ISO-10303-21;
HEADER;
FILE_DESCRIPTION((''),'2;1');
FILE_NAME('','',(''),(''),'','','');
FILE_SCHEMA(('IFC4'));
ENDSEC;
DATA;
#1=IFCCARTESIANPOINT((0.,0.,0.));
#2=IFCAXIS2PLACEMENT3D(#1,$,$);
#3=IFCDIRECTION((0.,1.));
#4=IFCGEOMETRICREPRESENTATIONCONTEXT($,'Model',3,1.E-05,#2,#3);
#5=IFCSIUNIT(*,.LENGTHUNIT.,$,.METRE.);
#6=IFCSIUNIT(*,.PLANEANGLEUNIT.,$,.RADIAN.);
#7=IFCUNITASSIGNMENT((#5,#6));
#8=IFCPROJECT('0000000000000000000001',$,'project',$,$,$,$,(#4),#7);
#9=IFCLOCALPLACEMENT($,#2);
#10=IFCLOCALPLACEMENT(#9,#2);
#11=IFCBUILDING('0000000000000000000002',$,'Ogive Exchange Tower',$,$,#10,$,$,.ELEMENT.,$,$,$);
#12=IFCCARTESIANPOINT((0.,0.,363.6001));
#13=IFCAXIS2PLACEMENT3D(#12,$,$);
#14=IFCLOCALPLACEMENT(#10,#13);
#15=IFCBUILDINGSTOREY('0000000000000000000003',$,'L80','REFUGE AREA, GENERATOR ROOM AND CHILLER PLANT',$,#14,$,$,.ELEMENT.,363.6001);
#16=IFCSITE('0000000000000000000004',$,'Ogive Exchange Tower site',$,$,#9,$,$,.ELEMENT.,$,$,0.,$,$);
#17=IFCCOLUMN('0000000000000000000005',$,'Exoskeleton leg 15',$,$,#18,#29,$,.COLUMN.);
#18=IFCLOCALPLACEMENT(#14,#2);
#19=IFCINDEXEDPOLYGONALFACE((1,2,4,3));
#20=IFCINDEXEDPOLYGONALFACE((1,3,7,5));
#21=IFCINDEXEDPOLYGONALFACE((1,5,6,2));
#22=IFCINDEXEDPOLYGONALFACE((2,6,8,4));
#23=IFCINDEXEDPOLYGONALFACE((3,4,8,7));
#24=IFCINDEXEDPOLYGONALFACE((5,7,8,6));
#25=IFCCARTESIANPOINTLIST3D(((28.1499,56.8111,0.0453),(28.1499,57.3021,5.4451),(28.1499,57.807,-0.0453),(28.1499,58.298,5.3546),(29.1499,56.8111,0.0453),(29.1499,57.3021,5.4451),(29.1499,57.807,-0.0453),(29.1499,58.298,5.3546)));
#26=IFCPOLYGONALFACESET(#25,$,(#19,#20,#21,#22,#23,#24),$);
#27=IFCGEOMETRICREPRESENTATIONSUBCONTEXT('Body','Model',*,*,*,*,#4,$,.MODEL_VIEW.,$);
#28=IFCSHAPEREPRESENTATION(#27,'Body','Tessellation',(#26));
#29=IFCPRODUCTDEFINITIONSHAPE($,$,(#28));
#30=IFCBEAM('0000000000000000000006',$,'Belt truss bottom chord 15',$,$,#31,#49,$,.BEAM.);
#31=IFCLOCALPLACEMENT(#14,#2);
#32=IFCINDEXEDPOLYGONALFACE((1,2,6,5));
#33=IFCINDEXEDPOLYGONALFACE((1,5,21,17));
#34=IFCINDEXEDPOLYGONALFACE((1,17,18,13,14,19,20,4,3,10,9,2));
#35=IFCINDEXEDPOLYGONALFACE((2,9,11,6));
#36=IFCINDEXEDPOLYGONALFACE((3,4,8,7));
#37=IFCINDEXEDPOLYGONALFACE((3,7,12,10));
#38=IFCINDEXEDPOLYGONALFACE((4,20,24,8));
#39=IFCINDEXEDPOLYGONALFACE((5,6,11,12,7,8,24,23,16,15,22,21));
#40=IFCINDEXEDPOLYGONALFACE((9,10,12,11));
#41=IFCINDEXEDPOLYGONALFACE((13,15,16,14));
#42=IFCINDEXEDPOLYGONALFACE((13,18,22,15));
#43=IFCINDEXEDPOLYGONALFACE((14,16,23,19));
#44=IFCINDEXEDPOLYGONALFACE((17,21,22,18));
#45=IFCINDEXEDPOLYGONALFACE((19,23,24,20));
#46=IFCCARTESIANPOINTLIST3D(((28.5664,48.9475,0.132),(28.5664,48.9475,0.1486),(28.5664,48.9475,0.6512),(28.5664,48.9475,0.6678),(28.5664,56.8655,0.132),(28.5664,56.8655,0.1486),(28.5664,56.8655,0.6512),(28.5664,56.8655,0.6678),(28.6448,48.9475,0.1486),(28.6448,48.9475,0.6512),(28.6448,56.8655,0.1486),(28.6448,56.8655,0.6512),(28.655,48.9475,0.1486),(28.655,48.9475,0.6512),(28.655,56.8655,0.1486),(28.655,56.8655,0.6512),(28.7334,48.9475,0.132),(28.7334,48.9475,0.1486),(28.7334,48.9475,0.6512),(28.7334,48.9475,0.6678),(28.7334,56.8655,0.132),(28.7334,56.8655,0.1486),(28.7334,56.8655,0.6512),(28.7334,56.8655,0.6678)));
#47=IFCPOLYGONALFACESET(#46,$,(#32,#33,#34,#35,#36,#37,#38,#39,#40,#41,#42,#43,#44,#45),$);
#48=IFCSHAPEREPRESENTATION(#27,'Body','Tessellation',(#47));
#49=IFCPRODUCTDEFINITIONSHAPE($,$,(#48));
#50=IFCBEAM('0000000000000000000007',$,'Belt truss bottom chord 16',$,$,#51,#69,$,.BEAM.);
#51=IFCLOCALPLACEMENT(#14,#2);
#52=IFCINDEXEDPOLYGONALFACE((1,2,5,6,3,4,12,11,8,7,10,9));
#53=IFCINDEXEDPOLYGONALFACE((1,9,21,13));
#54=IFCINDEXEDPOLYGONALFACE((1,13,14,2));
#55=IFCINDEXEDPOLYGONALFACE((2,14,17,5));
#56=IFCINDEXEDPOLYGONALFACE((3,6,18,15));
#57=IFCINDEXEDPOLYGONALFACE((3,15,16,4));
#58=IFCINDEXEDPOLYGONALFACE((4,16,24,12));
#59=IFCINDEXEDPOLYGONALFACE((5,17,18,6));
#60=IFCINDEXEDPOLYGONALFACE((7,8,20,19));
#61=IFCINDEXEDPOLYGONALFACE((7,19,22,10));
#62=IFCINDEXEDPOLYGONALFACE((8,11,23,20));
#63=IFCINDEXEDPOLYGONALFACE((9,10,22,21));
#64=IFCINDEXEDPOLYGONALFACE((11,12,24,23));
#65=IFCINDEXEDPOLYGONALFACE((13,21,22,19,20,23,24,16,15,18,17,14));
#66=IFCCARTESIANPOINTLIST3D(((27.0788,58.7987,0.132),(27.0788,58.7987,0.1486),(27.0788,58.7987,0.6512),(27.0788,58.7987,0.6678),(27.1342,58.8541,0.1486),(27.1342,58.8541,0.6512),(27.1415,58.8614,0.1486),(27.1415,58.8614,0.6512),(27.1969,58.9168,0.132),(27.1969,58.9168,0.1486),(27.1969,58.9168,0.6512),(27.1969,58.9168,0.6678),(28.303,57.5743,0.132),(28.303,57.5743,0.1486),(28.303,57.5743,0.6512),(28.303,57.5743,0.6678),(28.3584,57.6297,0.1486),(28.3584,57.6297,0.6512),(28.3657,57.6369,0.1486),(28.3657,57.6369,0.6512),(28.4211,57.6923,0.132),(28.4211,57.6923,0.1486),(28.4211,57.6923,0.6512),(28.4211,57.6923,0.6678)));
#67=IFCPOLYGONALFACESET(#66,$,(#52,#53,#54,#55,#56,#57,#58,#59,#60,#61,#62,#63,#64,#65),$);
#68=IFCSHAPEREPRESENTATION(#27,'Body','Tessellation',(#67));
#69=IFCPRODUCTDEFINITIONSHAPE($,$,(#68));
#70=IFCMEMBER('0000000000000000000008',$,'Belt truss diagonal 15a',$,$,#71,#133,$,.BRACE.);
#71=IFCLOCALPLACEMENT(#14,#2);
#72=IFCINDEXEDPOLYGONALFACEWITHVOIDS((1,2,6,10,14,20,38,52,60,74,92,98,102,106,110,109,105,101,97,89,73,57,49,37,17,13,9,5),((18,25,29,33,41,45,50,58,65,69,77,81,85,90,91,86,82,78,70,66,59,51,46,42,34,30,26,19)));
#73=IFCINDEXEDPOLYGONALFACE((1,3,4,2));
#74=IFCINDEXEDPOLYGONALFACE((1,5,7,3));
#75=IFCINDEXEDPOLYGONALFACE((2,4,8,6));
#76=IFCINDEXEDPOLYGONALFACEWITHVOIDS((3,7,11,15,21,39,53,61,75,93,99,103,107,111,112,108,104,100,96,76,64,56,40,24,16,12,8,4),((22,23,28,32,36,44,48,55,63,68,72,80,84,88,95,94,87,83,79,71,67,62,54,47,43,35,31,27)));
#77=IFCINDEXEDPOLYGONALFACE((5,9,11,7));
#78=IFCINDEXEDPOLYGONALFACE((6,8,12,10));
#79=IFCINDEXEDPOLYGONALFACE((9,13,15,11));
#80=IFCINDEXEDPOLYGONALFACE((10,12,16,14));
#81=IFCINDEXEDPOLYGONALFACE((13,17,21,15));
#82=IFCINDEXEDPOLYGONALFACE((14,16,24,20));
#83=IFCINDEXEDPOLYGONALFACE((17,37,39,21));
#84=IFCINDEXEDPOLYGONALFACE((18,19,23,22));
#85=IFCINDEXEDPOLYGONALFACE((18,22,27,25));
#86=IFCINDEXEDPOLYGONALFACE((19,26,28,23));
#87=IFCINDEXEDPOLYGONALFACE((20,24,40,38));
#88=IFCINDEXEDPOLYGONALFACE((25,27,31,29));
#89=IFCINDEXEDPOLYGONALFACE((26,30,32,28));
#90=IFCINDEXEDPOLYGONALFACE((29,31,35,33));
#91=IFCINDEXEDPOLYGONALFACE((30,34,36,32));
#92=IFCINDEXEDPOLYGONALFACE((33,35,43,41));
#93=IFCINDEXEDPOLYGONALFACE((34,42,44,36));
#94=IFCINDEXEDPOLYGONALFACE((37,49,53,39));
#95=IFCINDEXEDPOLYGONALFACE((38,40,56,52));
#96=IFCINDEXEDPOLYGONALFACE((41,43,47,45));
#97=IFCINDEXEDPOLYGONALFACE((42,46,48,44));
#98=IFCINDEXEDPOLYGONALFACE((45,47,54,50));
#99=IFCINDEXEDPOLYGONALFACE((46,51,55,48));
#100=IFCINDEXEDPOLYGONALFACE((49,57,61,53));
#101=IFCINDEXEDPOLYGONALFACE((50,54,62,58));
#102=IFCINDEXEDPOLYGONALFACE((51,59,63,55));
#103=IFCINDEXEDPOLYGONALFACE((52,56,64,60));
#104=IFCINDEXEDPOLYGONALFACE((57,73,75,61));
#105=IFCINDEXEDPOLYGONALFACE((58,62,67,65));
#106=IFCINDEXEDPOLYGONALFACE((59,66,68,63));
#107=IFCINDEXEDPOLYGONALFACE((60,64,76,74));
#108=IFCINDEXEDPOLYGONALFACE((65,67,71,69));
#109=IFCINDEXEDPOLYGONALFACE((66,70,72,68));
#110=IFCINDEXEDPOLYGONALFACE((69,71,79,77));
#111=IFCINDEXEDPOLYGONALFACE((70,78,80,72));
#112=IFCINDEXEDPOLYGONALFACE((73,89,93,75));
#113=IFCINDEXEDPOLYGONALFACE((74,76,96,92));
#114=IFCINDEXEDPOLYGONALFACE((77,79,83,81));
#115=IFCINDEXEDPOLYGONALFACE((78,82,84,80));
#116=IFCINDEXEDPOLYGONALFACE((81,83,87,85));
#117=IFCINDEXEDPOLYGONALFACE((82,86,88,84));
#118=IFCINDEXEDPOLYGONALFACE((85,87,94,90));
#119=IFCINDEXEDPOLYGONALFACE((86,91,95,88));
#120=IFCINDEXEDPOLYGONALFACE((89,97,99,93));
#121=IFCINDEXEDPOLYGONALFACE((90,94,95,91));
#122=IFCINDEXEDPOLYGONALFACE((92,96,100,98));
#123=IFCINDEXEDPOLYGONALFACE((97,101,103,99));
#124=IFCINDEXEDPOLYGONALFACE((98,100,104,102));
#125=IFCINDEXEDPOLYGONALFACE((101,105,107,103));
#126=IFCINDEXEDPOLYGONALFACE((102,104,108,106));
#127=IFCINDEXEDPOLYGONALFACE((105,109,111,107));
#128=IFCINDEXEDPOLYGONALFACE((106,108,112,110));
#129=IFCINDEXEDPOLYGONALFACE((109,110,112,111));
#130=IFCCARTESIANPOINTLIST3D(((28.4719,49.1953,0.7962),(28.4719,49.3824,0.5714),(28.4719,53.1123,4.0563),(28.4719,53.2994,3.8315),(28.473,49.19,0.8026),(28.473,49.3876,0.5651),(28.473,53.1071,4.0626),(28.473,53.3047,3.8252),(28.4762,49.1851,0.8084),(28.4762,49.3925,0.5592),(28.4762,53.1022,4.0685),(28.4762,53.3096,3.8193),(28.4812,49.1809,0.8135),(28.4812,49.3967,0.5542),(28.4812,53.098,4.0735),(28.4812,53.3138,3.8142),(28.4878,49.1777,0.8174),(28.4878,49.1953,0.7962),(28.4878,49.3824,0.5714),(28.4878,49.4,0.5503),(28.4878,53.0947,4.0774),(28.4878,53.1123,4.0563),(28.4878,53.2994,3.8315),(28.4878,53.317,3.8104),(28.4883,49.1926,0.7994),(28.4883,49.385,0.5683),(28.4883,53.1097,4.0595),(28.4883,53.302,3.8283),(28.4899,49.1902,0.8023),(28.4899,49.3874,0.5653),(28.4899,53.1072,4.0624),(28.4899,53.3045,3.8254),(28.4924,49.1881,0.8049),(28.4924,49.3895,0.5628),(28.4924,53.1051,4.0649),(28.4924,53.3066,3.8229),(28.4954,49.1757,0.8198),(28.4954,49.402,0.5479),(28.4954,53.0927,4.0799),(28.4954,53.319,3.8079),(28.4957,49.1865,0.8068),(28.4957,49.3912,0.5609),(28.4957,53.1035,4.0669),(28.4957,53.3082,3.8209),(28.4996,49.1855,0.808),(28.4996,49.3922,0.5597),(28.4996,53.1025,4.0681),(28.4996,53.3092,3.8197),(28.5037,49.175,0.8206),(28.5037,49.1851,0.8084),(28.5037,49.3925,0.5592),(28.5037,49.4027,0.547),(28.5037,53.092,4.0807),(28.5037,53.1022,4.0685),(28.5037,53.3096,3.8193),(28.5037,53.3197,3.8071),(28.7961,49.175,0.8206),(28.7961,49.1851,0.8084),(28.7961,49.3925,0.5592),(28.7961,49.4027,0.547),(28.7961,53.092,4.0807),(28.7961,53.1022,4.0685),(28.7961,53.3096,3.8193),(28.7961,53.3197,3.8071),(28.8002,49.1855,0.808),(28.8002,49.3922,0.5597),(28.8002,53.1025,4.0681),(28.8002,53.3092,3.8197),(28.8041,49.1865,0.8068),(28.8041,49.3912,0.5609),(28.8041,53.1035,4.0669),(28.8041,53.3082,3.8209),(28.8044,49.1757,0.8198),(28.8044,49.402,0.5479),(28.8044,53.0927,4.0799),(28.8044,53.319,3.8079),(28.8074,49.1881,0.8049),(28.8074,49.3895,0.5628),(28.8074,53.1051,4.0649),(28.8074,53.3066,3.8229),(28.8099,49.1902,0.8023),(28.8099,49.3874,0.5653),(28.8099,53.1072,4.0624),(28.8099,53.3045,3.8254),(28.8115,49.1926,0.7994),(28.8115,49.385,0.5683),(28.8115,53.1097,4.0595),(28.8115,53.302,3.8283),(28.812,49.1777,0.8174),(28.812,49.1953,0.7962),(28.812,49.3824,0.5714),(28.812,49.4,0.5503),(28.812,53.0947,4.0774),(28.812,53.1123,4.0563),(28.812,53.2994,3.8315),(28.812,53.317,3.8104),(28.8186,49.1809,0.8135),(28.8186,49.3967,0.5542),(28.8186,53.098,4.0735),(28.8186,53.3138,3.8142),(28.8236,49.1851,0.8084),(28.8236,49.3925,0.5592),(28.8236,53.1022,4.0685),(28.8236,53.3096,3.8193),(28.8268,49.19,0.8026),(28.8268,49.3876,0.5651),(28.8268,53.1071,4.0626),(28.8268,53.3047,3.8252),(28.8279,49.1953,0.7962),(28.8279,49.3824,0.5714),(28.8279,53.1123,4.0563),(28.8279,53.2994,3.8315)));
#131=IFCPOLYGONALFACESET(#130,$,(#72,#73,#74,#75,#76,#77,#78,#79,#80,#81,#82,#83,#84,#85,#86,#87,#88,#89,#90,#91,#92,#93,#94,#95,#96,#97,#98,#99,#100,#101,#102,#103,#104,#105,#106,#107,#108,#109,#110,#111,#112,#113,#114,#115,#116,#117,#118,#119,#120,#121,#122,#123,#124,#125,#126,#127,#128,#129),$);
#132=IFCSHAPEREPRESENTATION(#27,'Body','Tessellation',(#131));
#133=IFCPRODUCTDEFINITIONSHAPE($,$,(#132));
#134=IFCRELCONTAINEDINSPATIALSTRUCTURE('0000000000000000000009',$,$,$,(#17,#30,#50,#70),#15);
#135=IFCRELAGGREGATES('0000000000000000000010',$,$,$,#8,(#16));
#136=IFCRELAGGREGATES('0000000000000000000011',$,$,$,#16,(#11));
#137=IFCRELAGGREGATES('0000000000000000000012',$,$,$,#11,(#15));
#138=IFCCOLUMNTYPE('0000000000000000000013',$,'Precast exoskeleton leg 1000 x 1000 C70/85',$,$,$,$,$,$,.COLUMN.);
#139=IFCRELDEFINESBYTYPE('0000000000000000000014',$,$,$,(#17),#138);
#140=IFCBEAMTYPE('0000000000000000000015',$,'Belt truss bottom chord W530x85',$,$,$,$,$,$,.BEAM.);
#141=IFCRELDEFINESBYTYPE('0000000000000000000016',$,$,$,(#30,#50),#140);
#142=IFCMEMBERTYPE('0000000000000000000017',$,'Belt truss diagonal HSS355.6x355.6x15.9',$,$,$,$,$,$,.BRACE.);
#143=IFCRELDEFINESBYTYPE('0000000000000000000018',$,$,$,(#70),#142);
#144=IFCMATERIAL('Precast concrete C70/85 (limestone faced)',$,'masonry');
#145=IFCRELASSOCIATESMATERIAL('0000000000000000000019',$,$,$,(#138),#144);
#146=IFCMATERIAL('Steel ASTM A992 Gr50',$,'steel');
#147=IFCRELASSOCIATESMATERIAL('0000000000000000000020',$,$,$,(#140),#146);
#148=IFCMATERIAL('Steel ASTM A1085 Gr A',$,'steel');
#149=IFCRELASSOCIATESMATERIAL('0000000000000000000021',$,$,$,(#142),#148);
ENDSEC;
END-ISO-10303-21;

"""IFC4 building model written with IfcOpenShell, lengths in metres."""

from ifc_helpers import new_model, si_unit, direction, frame, origin, origin_2d, place, context, subcontext, project, spatial, rectangle, hollow_rectangle, i_section, extrude, material, material_profile, profile_set, type_object, element, save


model = new_model("IFC4")

# Units and contexts
model_context = context("Model", 3, precision=1e-05, world=origin(), true_north=direction((0.0, 1.0)))
body_context = subcontext(model_context, "Body", "Model", "MODEL_VIEW")
ifc_project = project(units=[si_unit("LENGTHUNIT", "METRE"), si_unit("PLANEANGLEUNIT", "RADIAN")], contexts=[model_context])

# Site, building, storey
site_placement = place(None, origin())
site = spatial("IfcSite", under=ifc_project, at=site_placement, Name="Ogive Exchange Tower site", CompositionType="ELEMENT", RefElevation=0.0)
building_placement = place(site_placement, origin())
building = spatial("IfcBuilding", under=site, at=building_placement, Name="Ogive Exchange Tower", CompositionType="ELEMENT")
storey_placement = place(building_placement, frame((0.0, 0.0, 363.6001)))
storey = spatial("IfcBuildingStorey", under=building, at=storey_placement, Name="L80", Description="REFUGE AREA, GENERATOR ROOM AND CHILLER PLANT", CompositionType="ELEMENT", Elevation=363.6001)

# Column
ifc_material_1 = material(Name="Precast concrete C70/85 (limestone faced)", Category="masonry")
ifc_material_profile_1 = material_profile(ifc_material_1, rectangle(XDim=1.0, YDim=1.0, at=origin_2d()), Name="1000 x 1000")
ifc_profile_set_1 = profile_set([ifc_material_profile_1], Name="Precast concrete C70/85 (limestone faced)")
column_type = type_object("IfcColumnType", Name="Precast exoskeleton leg 1000 x 1000 C70/85", PredefinedType="COLUMN", material=ifc_profile_set_1)
column_placement = place(storey_placement, frame((28.6499, 57.3091, 0.0), z_axis=(0.0, 0.090548, 0.995892), x_axis=(-1.0, 0.0, 0.0)))
element("IfcColumn", 1, at=column_placement, inside=storey, type_object=column_type, Name="Exoskeleton leg 15", PredefinedType="COLUMN", context=body_context, shape_type="SweptSolid", body=[
    extrude(rectangle(XDim=1.0, YDim=1.0, at=origin_2d()), origin(), (0.0, 0.0, 1.0), 5.4221),
])

# Beams
ifc_material_2 = material(Name="Steel ASTM A992 Gr50", Category="steel")
ifc_material_profile_2 = material_profile(ifc_material_2, i_section(OverallWidth=0.167, OverallDepth=0.5359, WebThickness=0.0103, FlangeThickness=0.0166, at=origin_2d()), Name="W530x85")
ifc_profile_set_2 = profile_set([ifc_material_profile_2], Name="Steel ASTM A992 Gr50")
beam_type_1 = type_object("IfcBeamType", Name="Belt truss bottom chord W530x85", PredefinedType="BEAM", material=ifc_profile_set_2)
beam_1_placement = place(storey_placement, frame((28.6499, 48.9475, 0.3999), z_axis=(0.0, 1.0, 0.0), x_axis=(-1.0, 0.0, 0.0)))
element("IfcBeam", 2, at=beam_1_placement, inside=storey, type_object=beam_type_1, Name="Belt truss bottom chord 15", PredefinedType="BEAM", context=body_context, shape_type="SweptSolid", body=[
    extrude(i_section(OverallWidth=0.167, OverallDepth=0.5359, WebThickness=0.0103, FlangeThickness=0.0166, at=origin_2d()), origin(), (0.0, 0.0, 1.0), 7.918),
])
beam_2_placement = place(storey_placement, frame((28.3621, 57.6333, 0.3999), z_axis=(-0.707036, 0.707177, 0.0), x_axis=(-0.707177, -0.707036, 0.0)))
element("IfcBeam", 3, at=beam_2_placement, inside=storey, type_object=beam_type_1, Name="Belt truss bottom chord 16", PredefinedType="BEAM", context=body_context, shape_type="SweptSolid", body=[
    extrude(i_section(OverallWidth=0.167, OverallDepth=0.5359, WebThickness=0.0103, FlangeThickness=0.0166, at=origin_2d()), origin(), (0.0, 0.0, 1.0), 1.7314),
])

# Member
ifc_material_3 = material(Name="Steel ASTM A1085 Gr A", Category="steel")
ifc_material_profile_3 = material_profile(ifc_material_3, hollow_rectangle(XDim=0.356, YDim=0.356, WallThickness=0.0159, InnerFilletRadius=0.0159, OuterFilletRadius=0.0317, at=origin_2d()), Name="HSS355.6x355.6x15.9")
ifc_profile_set_3 = profile_set([ifc_material_profile_3], Name="Steel ASTM A1085 Gr A")
member_type = type_object("IfcMemberType", Name="Belt truss diagonal HSS355.6x355.6x15.9", PredefinedType="BRACE", material=ifc_profile_set_3)
member_1_placement = place(storey_placement, frame((28.6499, 49.2888, 0.6838), z_axis=(0.0, 0.768622, 0.639704), x_axis=(-1.0, 0.0, 0.0)))
element("IfcMember", 4, at=member_1_placement, inside=storey, type_object=member_type, Name="Belt truss diagonal 15a", PredefinedType="BRACE", context=body_context, shape_type="SweptSolid", body=[
    extrude(hollow_rectangle(XDim=0.356, YDim=0.356, WallThickness=0.0159, InnerFilletRadius=0.0159, OuterFilletRadius=0.0317, at=origin_2d()), origin(), (0.0, 0.0, 1.0), 5.0962),
])

save(model, "model.ifc")
